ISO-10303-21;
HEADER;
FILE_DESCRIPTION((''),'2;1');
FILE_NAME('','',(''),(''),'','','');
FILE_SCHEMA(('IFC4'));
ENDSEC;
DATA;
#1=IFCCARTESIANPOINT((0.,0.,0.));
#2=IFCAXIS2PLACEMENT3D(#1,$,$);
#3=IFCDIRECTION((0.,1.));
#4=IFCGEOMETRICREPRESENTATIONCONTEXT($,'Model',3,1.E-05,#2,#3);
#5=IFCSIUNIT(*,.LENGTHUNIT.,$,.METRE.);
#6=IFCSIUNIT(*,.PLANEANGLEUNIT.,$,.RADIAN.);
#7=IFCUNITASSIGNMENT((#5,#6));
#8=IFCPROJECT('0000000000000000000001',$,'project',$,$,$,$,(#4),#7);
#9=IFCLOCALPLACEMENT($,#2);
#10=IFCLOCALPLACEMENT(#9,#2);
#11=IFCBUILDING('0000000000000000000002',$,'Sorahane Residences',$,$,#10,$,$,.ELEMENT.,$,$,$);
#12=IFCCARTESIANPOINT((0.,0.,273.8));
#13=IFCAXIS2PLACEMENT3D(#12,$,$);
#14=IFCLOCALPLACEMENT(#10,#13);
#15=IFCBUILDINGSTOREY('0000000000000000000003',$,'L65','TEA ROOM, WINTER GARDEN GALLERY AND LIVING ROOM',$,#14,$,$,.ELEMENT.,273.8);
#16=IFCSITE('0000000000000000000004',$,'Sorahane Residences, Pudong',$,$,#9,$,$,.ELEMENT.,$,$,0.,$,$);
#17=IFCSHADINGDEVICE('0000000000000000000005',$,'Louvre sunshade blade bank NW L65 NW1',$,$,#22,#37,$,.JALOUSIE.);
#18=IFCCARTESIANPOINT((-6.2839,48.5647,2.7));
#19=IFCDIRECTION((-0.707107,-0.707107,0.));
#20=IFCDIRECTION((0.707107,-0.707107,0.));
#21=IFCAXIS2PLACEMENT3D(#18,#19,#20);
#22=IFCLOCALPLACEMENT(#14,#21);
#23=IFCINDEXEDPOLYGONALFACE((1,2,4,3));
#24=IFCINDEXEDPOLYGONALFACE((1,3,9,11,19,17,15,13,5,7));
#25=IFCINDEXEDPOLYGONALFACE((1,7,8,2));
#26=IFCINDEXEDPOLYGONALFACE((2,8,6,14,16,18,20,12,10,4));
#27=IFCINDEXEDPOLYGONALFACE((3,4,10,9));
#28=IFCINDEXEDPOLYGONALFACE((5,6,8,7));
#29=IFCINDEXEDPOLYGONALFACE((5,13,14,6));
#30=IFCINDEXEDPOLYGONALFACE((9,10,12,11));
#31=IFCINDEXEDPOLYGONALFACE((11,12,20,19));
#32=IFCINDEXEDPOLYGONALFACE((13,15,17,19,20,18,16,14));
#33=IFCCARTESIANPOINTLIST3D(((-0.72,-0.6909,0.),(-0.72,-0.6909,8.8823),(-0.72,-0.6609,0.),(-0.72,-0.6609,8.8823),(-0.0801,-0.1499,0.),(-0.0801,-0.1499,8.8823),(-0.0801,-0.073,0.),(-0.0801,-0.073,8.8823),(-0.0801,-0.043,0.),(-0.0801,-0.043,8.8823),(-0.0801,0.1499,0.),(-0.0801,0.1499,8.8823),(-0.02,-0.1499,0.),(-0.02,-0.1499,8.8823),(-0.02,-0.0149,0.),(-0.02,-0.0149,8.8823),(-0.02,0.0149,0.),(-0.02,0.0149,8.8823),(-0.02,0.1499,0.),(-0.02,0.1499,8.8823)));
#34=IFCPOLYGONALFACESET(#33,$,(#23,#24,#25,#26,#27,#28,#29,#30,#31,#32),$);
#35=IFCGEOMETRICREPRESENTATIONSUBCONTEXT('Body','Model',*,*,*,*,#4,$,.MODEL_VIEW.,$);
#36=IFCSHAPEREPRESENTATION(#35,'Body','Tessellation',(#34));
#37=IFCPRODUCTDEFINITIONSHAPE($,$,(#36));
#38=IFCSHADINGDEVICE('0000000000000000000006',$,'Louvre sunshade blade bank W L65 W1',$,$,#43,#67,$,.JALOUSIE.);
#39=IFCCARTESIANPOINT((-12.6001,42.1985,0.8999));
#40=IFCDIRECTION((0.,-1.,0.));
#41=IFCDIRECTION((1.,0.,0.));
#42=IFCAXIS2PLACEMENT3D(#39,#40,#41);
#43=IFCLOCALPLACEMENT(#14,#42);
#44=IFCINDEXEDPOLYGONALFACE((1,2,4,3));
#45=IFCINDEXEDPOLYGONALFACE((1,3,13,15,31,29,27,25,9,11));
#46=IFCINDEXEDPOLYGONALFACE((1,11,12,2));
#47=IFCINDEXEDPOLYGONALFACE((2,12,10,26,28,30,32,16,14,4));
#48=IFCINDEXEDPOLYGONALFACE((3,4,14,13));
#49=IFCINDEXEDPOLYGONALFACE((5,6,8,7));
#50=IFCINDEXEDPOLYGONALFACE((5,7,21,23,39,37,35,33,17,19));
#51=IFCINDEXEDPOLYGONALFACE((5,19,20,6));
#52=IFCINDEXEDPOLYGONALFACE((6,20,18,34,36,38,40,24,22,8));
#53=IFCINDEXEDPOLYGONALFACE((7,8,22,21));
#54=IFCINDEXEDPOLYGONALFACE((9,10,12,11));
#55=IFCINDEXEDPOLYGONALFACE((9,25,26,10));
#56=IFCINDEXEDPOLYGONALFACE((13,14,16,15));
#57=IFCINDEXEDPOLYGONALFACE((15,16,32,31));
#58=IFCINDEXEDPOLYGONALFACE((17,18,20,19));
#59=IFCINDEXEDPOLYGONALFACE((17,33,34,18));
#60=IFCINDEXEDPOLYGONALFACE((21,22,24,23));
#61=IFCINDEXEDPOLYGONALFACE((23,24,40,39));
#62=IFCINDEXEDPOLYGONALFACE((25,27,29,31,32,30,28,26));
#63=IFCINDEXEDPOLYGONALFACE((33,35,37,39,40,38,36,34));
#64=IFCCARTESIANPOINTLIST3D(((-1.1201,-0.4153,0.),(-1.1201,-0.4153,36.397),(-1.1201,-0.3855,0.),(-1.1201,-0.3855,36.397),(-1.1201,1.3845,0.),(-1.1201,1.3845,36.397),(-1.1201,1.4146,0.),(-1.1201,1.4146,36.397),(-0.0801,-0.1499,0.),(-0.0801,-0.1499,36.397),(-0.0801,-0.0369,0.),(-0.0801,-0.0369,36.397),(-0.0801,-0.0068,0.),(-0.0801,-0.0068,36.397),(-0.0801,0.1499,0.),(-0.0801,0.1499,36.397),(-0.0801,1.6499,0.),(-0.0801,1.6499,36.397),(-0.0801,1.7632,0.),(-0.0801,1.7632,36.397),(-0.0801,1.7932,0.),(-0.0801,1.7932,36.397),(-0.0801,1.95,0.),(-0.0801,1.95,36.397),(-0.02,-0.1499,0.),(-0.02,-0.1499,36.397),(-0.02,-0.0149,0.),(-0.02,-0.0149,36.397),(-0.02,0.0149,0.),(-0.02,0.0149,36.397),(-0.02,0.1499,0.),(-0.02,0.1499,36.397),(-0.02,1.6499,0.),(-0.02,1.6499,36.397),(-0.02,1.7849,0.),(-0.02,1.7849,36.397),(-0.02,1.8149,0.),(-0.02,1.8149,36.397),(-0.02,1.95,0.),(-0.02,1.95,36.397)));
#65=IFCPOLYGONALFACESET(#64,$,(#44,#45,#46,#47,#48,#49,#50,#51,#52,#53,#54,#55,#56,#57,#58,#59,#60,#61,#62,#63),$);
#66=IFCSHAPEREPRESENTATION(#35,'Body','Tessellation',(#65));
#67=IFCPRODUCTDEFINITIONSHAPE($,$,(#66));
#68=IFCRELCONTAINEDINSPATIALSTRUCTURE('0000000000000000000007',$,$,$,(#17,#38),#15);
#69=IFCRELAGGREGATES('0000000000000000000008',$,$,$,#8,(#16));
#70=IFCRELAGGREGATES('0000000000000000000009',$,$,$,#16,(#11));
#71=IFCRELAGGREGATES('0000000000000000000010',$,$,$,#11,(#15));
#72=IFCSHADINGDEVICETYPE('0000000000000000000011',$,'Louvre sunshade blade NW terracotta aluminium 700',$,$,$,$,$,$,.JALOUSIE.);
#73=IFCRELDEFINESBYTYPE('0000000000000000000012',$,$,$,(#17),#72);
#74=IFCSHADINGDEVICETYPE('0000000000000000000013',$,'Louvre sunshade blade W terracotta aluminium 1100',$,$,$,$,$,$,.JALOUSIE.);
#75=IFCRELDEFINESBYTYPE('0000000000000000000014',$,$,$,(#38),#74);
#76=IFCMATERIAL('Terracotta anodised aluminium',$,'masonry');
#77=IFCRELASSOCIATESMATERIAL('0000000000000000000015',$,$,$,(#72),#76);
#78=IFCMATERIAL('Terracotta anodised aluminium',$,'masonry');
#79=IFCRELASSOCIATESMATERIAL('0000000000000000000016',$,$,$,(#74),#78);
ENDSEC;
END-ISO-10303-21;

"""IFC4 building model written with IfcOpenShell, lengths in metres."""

from ifc_helpers import new_model, si_unit, direction, frame, origin, place, context, subcontext, project, spatial, polyline, outline, composite_profile, extrude, material, type_object, element, save


model = new_model("IFC4")

# Units and contexts
model_context = context("Model", 3, precision=1e-05, world=origin(), true_north=direction((0.0, 1.0)))
body_context = subcontext(model_context, "Body", "Model", "MODEL_VIEW")
ifc_project = project(units=[si_unit("LENGTHUNIT", "METRE"), si_unit("PLANEANGLEUNIT", "RADIAN")], contexts=[model_context])

# Site, building, storey
site_placement = place(None, origin())
site = spatial("IfcSite", under=ifc_project, at=site_placement, Name="Sorahane Residences, Pudong", CompositionType="ELEMENT", RefElevation=0.0)
building_placement = place(site_placement, origin())
building = spatial("IfcBuilding", under=site, at=building_placement, Name="Sorahane Residences", CompositionType="ELEMENT")
storey_placement = place(building_placement, frame((0.0, 0.0, 273.8)))
storey = spatial("IfcBuildingStorey", under=building, at=storey_placement, Name="L65", Description="TEA ROOM, WINTER GARDEN GALLERY AND LIVING ROOM", CompositionType="ELEMENT", Elevation=273.8)

# Shading devices
ifc_material_1 = material(Name="Terracotta anodised aluminium", Category="masonry")
shading_device_type_1 = type_object("IfcShadingDeviceType", Name="Louvre sunshade blade NW terracotta aluminium 700", PredefinedType="JALOUSIE", material=ifc_material_1)
shading_device_1_placement = place(storey_placement, frame((-6.2839, 48.5647, 2.7), z_axis=(-0.707107, -0.707107, 0.0), x_axis=(0.707107, -0.707107, 0.0)))
element("IfcShadingDevice", 1, at=shading_device_1_placement, inside=storey, type_object=shading_device_type_1, Name="Louvre sunshade blade bank NW L65 NW1", PredefinedType="JALOUSIE", context=body_context, shape_type="SweptSolid", body=[
    extrude(outline(polyline([(-0.72, -0.6609), (-0.72, -0.6909), (-0.0801, -0.073), (-0.0801, -0.1499), (-0.02, -0.1499), (-0.02, -0.0149), (-0.02, 0.0149), (-0.02, 0.1499), (-0.0801, 0.1499), (-0.0801, -0.043), (-0.72, -0.6609)])), origin(), (0.0, 0.0, 1.0), 8.8823),
])
ifc_material_2 = material(Name="Terracotta anodised aluminium", Category="masonry")
shading_device_type_2 = type_object("IfcShadingDeviceType", Name="Louvre sunshade blade W terracotta aluminium 1100", PredefinedType="JALOUSIE", material=ifc_material_2)
shading_device_2_placement = place(storey_placement, frame((-12.6001, 42.1985, 0.8999), z_axis=(0.0, -1.0, 0.0), x_axis=(1.0, 0.0, 0.0)))
element("IfcShadingDevice", 2, at=shading_device_2_placement, inside=storey, type_object=shading_device_type_2, Name="Louvre sunshade blade bank W L65 W1", PredefinedType="JALOUSIE", context=body_context, shape_type="SweptSolid", body=[
    extrude(composite_profile([outline(polyline([(-1.1201, -0.3855), (-1.1201, -0.4153), (-0.0801, -0.0369), (-0.0801, -0.1499), (-0.02, -0.1499), (-0.02, -0.0149), (-0.02, 0.0149), (-0.02, 0.1499), (-0.0801, 0.1499), (-0.0801, -0.0068), (-1.1201, -0.3855)])), outline(polyline([(-1.1201, 1.4146), (-1.1201, 1.3845), (-0.0801, 1.7632), (-0.0801, 1.6499), (-0.02, 1.6499), (-0.02, 1.7849), (-0.02, 1.8149), (-0.02, 1.95), (-0.0801, 1.95), (-0.0801, 1.7932), (-1.1201, 1.4146)]))]), origin(), (0.0, 0.0, 1.0), 36.397),
])

save(model, "model.ifc")
